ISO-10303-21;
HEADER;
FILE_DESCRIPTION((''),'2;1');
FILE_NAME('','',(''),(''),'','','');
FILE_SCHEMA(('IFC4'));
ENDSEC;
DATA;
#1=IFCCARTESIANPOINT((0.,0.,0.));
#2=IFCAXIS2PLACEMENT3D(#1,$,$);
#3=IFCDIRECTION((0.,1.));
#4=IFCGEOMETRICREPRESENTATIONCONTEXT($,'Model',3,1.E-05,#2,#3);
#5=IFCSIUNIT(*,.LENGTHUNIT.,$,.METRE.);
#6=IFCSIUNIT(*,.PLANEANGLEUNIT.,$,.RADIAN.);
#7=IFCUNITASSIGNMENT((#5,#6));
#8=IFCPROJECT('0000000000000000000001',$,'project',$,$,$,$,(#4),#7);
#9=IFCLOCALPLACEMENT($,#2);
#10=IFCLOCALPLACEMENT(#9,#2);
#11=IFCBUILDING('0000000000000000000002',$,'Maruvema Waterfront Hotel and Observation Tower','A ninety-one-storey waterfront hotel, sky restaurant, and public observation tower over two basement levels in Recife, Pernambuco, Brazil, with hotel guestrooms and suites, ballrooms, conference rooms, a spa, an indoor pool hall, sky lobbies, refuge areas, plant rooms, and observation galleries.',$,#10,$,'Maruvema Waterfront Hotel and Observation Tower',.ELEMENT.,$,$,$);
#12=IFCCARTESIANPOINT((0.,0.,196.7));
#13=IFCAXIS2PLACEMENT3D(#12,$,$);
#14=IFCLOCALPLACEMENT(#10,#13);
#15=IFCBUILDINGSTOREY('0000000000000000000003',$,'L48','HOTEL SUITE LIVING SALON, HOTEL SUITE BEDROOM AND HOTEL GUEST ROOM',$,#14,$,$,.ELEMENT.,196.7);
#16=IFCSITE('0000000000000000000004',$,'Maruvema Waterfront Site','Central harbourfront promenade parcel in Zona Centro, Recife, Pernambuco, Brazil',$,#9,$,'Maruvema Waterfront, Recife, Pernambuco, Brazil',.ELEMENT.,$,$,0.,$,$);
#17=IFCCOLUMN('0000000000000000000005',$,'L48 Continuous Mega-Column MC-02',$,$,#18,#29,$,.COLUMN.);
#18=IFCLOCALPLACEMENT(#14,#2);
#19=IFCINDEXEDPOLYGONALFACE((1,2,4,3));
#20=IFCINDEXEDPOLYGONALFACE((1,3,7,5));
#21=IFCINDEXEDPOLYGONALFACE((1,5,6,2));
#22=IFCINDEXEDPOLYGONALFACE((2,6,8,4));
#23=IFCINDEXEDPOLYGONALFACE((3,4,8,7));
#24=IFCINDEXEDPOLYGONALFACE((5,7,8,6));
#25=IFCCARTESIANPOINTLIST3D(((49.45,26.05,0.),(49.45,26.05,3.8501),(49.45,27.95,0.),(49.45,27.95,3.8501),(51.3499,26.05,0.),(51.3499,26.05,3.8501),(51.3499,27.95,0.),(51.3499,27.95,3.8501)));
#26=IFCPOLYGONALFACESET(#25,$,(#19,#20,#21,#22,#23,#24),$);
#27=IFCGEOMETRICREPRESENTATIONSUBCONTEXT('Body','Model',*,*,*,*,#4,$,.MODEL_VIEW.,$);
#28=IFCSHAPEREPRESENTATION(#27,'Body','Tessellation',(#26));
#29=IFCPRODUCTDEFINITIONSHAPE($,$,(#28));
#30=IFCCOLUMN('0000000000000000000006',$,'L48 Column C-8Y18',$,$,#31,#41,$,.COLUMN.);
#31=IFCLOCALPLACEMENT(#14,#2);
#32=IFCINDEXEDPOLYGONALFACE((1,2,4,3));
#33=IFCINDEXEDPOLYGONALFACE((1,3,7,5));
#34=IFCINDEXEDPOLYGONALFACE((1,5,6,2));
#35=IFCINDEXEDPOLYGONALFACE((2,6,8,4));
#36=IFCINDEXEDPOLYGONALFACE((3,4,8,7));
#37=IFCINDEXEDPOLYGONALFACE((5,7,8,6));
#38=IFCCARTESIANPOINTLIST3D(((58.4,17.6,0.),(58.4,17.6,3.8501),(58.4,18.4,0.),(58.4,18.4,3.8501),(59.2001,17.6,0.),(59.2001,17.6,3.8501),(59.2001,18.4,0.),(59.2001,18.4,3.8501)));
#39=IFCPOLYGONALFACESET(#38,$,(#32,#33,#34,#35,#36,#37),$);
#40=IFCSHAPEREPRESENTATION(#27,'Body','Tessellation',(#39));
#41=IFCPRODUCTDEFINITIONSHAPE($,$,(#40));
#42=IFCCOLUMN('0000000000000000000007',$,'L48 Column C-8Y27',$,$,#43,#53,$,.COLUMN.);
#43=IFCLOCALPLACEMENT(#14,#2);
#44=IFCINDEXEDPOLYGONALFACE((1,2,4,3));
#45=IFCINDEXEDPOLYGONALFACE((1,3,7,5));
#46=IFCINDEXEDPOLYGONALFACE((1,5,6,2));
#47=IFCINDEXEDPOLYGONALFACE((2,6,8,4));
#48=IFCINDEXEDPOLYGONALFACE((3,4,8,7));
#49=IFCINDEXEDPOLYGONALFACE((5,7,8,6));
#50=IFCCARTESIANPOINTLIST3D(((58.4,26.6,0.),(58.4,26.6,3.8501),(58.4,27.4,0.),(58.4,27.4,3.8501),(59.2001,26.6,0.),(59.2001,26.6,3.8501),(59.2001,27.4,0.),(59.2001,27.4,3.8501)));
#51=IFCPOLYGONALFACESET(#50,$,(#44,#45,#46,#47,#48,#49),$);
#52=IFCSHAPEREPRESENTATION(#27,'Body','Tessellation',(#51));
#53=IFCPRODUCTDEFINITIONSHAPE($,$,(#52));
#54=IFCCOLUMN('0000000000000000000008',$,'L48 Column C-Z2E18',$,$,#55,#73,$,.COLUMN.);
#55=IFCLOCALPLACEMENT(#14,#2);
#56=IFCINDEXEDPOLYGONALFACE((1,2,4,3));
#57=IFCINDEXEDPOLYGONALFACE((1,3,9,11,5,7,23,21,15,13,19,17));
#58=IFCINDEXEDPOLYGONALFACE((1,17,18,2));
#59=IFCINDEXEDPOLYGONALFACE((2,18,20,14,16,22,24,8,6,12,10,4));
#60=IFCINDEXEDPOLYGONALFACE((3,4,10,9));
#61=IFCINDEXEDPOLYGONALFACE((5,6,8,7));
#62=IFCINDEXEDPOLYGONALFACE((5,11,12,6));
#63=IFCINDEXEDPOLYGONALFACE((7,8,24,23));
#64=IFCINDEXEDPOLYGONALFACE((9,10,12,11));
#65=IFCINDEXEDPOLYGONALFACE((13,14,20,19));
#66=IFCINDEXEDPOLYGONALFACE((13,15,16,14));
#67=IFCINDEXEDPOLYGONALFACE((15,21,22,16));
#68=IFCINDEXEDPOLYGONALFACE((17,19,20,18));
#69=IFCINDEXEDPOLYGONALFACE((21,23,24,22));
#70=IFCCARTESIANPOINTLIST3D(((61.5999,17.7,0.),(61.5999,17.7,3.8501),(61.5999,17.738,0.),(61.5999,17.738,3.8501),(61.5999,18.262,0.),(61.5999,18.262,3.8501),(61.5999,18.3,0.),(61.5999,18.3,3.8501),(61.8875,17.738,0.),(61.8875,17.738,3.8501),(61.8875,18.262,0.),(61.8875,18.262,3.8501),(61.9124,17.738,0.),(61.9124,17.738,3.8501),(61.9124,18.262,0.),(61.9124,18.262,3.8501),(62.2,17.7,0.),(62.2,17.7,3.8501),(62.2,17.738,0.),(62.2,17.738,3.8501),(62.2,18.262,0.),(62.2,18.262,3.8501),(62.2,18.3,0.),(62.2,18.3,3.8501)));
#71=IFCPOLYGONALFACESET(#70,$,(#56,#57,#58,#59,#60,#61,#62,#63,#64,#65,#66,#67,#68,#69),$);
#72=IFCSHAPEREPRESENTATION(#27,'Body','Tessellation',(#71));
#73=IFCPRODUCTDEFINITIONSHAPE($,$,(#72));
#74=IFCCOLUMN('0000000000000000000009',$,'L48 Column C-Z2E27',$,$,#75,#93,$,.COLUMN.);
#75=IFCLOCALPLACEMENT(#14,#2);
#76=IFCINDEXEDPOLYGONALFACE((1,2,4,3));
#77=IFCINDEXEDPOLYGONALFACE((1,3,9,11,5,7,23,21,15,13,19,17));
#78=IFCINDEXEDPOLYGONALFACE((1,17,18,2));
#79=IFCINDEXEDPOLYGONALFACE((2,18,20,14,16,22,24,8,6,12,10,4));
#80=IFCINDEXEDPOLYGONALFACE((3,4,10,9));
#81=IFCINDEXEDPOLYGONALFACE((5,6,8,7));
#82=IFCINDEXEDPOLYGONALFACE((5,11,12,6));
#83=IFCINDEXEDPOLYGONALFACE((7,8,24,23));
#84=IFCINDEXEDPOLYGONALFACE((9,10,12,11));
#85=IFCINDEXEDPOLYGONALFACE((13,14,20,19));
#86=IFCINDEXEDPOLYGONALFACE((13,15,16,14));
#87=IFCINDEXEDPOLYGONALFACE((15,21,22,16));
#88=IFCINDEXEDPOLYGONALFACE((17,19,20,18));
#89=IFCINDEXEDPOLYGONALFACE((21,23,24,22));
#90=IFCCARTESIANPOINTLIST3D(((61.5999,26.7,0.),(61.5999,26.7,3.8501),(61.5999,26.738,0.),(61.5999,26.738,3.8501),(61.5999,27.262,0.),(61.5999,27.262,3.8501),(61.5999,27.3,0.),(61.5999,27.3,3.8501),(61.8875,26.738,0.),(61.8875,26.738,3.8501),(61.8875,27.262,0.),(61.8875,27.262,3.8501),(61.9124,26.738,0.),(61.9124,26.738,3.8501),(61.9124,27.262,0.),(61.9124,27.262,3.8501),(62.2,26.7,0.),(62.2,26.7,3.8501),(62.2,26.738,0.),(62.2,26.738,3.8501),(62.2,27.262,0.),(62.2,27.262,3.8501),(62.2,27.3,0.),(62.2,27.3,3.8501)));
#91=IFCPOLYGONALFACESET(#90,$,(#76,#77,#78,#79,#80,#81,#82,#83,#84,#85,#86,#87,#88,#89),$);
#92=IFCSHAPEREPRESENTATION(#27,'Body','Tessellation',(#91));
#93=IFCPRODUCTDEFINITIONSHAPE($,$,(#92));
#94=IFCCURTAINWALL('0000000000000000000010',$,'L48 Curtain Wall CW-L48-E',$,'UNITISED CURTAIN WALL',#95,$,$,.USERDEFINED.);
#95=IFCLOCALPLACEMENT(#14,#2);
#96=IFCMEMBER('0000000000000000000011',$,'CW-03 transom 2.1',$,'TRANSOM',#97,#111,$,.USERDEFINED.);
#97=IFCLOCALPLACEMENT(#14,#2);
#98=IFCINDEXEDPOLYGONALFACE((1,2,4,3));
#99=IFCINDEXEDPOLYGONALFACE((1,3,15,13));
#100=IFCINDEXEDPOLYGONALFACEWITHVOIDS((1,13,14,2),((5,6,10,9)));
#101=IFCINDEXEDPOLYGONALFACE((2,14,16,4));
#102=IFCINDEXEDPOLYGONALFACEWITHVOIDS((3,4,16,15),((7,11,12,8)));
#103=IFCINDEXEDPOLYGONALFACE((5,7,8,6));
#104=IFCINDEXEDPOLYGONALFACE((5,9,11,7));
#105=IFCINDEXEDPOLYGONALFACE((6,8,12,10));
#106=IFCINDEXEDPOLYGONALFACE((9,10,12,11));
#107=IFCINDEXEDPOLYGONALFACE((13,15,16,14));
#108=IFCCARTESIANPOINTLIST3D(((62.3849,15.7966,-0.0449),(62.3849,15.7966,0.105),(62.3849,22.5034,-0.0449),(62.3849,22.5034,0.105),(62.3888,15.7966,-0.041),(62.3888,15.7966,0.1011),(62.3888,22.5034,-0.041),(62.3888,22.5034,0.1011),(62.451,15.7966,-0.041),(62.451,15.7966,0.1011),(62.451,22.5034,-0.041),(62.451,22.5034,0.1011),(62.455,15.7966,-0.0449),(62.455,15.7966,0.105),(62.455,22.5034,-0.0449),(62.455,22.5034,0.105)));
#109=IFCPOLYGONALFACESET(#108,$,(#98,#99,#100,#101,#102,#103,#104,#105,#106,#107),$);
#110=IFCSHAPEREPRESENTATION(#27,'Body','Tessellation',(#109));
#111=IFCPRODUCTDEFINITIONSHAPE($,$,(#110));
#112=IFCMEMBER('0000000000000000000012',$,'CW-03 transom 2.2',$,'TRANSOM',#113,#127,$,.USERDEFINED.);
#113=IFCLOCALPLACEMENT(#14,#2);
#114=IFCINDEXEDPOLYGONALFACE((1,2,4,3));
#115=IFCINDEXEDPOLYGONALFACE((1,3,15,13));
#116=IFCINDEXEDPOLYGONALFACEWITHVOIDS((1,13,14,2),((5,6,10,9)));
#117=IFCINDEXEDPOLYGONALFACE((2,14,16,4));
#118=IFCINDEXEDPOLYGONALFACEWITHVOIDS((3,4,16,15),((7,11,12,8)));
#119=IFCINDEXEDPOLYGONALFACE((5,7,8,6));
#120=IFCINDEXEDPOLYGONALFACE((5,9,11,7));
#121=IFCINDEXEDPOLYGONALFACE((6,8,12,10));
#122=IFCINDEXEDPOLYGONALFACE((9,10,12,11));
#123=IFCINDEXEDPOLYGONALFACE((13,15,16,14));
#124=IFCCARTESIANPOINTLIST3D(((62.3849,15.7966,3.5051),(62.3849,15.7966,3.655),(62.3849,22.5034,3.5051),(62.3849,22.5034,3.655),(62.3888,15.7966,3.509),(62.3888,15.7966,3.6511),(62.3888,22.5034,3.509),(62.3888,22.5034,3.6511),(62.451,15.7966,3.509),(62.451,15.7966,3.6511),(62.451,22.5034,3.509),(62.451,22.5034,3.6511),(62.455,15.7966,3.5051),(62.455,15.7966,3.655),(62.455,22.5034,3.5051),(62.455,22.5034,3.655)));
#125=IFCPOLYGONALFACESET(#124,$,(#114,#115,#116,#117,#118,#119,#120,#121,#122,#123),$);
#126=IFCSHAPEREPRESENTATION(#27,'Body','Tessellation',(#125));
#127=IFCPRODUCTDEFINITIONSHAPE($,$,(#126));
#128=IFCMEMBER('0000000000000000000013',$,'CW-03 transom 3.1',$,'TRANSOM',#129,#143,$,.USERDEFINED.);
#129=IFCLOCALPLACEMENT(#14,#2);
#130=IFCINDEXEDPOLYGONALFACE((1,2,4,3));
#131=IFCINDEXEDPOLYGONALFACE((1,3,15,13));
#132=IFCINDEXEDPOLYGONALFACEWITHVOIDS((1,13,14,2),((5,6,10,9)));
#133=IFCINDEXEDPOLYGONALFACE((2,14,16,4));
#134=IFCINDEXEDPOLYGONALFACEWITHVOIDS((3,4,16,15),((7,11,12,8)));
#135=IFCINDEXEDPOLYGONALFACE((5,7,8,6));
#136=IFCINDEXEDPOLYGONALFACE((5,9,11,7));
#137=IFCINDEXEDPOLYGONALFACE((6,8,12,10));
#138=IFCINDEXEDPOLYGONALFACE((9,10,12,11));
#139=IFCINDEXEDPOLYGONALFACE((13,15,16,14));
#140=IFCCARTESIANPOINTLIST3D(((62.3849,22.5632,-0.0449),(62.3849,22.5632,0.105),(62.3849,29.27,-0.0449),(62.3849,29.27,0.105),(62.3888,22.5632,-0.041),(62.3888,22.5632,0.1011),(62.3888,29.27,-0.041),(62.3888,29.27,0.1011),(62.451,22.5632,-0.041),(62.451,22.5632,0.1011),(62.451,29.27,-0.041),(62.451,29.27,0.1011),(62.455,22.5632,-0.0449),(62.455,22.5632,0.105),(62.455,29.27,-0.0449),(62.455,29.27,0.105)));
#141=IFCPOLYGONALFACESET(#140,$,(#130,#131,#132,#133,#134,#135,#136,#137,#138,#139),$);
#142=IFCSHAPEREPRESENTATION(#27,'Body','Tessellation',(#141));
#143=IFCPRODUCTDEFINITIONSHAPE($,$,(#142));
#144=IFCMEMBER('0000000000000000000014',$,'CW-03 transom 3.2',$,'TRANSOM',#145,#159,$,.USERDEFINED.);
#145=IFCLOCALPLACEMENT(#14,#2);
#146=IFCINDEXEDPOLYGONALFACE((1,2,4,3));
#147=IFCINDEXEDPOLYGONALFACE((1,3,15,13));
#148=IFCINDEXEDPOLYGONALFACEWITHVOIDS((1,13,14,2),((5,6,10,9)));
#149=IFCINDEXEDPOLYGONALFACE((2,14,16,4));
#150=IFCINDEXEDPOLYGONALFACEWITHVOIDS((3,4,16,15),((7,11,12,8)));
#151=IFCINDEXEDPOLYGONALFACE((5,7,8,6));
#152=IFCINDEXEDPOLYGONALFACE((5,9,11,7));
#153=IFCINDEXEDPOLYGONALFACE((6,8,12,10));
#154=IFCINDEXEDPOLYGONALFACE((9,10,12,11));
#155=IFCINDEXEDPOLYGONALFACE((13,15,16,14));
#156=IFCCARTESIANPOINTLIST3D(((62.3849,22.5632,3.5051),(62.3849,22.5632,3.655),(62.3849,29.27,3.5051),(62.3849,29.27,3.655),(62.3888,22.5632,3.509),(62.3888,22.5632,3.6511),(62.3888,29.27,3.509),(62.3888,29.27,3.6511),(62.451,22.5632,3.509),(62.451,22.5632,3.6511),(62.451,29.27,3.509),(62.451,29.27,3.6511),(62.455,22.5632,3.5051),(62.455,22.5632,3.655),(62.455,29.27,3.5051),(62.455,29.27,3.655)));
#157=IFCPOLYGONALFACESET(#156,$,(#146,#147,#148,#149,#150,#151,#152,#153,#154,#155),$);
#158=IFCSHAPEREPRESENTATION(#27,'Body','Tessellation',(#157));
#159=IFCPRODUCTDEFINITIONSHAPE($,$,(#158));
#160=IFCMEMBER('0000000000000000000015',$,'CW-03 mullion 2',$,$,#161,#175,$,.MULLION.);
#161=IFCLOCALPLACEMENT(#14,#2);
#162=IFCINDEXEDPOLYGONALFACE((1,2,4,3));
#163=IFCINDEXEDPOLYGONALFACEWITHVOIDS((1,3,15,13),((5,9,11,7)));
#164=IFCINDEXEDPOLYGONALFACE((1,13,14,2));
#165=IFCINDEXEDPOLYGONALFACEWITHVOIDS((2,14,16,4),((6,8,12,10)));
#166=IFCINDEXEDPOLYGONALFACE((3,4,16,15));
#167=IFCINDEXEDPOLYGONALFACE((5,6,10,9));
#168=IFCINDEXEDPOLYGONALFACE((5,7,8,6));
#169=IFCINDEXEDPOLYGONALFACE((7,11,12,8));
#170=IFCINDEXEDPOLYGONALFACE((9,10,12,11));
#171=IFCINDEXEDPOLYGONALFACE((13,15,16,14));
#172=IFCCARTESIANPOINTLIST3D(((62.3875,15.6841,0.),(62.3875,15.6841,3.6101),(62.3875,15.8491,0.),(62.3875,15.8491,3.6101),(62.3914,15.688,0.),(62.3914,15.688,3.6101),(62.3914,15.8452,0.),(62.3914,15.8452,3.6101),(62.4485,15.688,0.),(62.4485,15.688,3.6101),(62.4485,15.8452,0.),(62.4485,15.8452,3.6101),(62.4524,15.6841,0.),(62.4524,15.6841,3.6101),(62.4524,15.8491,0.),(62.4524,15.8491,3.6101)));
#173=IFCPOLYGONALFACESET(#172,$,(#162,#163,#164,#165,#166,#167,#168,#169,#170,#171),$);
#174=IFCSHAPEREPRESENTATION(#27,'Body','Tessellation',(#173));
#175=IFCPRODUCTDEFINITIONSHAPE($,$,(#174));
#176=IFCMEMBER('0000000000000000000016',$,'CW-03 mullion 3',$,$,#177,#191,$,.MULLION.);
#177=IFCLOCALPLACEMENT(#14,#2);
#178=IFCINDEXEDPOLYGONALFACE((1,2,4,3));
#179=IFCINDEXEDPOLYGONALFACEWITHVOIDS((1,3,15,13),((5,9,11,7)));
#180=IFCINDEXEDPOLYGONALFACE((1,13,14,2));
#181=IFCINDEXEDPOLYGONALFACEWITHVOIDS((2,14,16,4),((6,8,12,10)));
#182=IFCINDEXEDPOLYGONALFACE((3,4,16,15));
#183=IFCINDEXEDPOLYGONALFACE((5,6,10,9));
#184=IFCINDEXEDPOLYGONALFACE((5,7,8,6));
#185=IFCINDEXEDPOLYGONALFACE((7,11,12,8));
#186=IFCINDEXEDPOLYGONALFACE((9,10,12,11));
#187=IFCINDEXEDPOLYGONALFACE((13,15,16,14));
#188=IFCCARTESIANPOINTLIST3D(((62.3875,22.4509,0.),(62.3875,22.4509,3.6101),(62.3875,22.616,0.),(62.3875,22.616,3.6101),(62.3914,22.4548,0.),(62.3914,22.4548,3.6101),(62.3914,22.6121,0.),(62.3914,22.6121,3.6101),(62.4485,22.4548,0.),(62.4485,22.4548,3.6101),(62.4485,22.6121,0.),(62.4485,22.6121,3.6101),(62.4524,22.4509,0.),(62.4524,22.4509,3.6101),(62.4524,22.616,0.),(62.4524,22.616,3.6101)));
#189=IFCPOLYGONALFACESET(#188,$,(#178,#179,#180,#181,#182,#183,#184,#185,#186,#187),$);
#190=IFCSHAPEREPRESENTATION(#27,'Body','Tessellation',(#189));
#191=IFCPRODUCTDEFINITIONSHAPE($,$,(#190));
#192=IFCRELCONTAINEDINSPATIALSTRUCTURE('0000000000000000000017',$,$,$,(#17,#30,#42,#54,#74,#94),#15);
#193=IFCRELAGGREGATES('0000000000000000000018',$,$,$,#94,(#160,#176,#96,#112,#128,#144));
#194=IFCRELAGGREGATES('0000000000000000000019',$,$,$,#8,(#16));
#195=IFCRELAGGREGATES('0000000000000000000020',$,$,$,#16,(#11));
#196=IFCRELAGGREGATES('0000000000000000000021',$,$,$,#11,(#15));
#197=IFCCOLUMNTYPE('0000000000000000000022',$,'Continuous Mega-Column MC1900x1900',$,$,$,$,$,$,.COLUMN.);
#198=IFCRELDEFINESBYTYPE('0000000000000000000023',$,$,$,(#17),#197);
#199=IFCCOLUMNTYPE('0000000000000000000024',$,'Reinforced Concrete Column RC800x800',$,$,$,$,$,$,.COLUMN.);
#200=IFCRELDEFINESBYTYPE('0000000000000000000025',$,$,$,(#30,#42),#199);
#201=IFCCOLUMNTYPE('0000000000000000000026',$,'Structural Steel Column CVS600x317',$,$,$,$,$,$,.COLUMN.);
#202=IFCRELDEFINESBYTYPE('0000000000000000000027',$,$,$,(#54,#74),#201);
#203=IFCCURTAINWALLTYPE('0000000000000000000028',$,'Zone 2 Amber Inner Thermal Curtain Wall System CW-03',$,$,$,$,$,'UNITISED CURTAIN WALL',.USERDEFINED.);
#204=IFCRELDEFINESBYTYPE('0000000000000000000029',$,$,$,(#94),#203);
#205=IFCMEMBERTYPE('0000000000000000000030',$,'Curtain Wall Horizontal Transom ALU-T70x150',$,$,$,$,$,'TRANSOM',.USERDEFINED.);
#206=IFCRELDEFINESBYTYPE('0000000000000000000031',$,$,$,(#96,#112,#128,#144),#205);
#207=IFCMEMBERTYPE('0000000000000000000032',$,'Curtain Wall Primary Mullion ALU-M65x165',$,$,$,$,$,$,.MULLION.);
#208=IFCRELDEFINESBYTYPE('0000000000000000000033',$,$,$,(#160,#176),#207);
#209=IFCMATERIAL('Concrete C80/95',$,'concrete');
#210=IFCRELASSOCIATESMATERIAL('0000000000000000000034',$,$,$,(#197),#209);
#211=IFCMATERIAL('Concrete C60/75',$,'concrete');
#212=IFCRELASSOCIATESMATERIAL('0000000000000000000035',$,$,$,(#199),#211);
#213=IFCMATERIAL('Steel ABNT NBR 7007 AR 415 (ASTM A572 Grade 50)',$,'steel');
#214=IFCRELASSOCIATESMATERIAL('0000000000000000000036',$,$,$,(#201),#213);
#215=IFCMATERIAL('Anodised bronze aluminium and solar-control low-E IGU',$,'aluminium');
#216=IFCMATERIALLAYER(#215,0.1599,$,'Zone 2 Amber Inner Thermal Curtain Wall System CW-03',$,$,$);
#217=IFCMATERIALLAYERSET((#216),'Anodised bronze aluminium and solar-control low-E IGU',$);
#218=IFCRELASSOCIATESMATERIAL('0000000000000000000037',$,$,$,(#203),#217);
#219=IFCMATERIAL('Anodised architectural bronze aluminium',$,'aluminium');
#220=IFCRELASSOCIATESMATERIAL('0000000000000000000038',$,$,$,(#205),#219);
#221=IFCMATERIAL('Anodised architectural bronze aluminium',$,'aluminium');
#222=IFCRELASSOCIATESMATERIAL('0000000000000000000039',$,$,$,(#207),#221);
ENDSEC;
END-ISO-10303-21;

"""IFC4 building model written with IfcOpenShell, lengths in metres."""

from ifc_helpers import new_model, si_unit, direction, frame, origin, origin_2d, place, context, subcontext, project, spatial, rectangle, hollow_rectangle, i_section, extrude, material, layer, layer_set, material_profile, profile_set, type_object, element, aggregate, save


model = new_model("IFC4")

# Units and contexts
model_context = context("Model", 3, precision=1e-05, world=origin(), true_north=direction((0.0, 1.0)))
body_context = subcontext(model_context, "Body", "Model", "MODEL_VIEW")
ifc_project = project(units=[si_unit("LENGTHUNIT", "METRE"), si_unit("PLANEANGLEUNIT", "RADIAN")], contexts=[model_context])

# Site, building, storey
site_placement = place(None, origin())
site = spatial("IfcSite", under=ifc_project, at=site_placement, Name="Maruvema Waterfront Site", Description="Central harbourfront promenade parcel in Zona Centro, Recife, Pernambuco, Brazil", LongName="Maruvema Waterfront, Recife, Pernambuco, Brazil", CompositionType="ELEMENT", RefElevation=0.0)
building_placement = place(site_placement, origin())
building = spatial("IfcBuilding", under=site, at=building_placement, Name="Maruvema Waterfront Hotel and Observation Tower", Description="A ninety-one-storey waterfront hotel, sky restaurant, and public observation tower over two basement levels in Recife, Pernambuco, Brazil, with hotel guestrooms and suites, ballrooms, conference rooms, a spa, an indoor pool hall, sky lobbies, refuge areas, plant rooms, and observation galleries.", LongName="Maruvema Waterfront Hotel and Observation Tower", CompositionType="ELEMENT")
storey_placement = place(building_placement, frame((0.0, 0.0, 196.7)))
storey = spatial("IfcBuildingStorey", under=building, at=storey_placement, Name="L48", Description="HOTEL SUITE LIVING SALON, HOTEL SUITE BEDROOM AND HOTEL GUEST ROOM", CompositionType="ELEMENT", Elevation=196.7)

# Columns
ifc_material_1 = material(Name="Concrete C80/95", Category="concrete")
ifc_material_profile_1 = material_profile(ifc_material_1, rectangle(XDim=1.8999, YDim=1.8999, at=origin_2d()), Name="MC1900x1900")
ifc_profile_set_1 = profile_set([ifc_material_profile_1], Name="Concrete C80/95")
column_type_1 = type_object("IfcColumnType", Name="Continuous Mega-Column MC1900x1900", PredefinedType="COLUMN", material=ifc_profile_set_1)
column_placement = place(storey_placement, frame((50.3999, 27.0, 0.0), z_axis=(0.0, 0.0, 1.0), x_axis=(1.0, 0.0, 0.0)))
element("IfcColumn", 1, at=column_placement, inside=storey, type_object=column_type_1, Name="L48 Continuous Mega-Column MC-02", PredefinedType="COLUMN", context=body_context, shape_type="SweptSolid", body=[
    extrude(rectangle(XDim=1.8999, YDim=1.8999, at=origin_2d()), origin(), (0.0, 0.0, 1.0), 3.8501),
])
ifc_material_2 = material(Name="Concrete C60/75", Category="concrete")
ifc_material_profile_2 = material_profile(ifc_material_2, rectangle(XDim=0.8, YDim=0.8, at=origin_2d()), Name="RC800x800")
ifc_profile_set_2 = profile_set([ifc_material_profile_2], Name="Concrete C60/75")
column_type_2 = type_object("IfcColumnType", Name="Reinforced Concrete Column RC800x800", PredefinedType="COLUMN", material=ifc_profile_set_2)
for number, where, z_axis, x_axis, name in (
    (2, (58.8, 18.0, 0.0), (0.0, 0.0, 1.0), (1.0, 0.0, 0.0), "L48 Column C-8Y18"),
    (3, (58.8, 27.0, 0.0), (0.0, 0.0, 1.0), (1.0, 0.0, 0.0), "L48 Column C-8Y27"),
):
    element("IfcColumn", number, at=place(storey_placement, frame(where, z_axis=z_axis, x_axis=x_axis)), inside=storey, type_object=column_type_2, Name=name, PredefinedType="COLUMN", context=body_context, shape_type="SweptSolid", body=[
        extrude(rectangle(XDim=0.8, YDim=0.8, at=origin_2d()), origin(), (0.0, 0.0, 1.0), 3.8501),
    ])
ifc_material_3 = material(Name="Steel ABNT NBR 7007 AR 415 (ASTM A572 Grade 50)", Category="steel")
ifc_material_profile_3 = material_profile(ifc_material_3, i_section(OverallWidth=0.6001, OverallDepth=0.6001, WebThickness=0.0249, FlangeThickness=0.0381, at=origin_2d()), Name="CVS600x317")
ifc_profile_set_3 = profile_set([ifc_material_profile_3], Name="Steel ABNT NBR 7007 AR 415 (ASTM A572 Grade 50)")
column_type_3 = type_object("IfcColumnType", Name="Structural Steel Column CVS600x317", PredefinedType="COLUMN", material=ifc_profile_set_3)
for number, where, z_axis, x_axis, name in (
    (4, (61.8999, 18.0, 0.0), (0.0, 0.0, 1.0), (1.0, 0.0, 0.0), "L48 Column C-Z2E18"),
    (5, (61.8999, 27.0, 0.0), (0.0, 0.0, 1.0), (1.0, 0.0, 0.0), "L48 Column C-Z2E27"),
):
    element("IfcColumn", number, at=place(storey_placement, frame(where, z_axis=z_axis, x_axis=x_axis)), inside=storey, type_object=column_type_3, Name=name, PredefinedType="COLUMN", context=body_context, shape_type="SweptSolid", body=[
        extrude(i_section(OverallWidth=0.6001, OverallDepth=0.6001, WebThickness=0.0249, FlangeThickness=0.0381, at=origin_2d()), origin(), (0.0, 0.0, 1.0), 3.8501),
    ])

# Curtain wall, members
ifc_material_4 = material(Name="Anodised bronze aluminium and solar-control low-E IGU", Category="aluminium")
ifc_layer_1 = layer(ifc_material_4, 0.1599, Name="Zone 2 Amber Inner Thermal Curtain Wall System CW-03")
ifc_layer_set_1 = layer_set([ifc_layer_1], Name="Anodised bronze aluminium and solar-control low-E IGU")
curtain_wall_type = type_object("IfcCurtainWallType", Name="Zone 2 Amber Inner Thermal Curtain Wall System CW-03", ElementType="UNITISED CURTAIN WALL", PredefinedType="USERDEFINED", material=ifc_layer_set_1)
curtain_wall_placement = place(storey_placement, origin())
curtain_wall = element("IfcCurtainWall", 6, at=curtain_wall_placement, inside=storey, type_object=curtain_wall_type, Name="L48 Curtain Wall CW-L48-E", ObjectType="UNITISED CURTAIN WALL", PredefinedType="USERDEFINED")
ifc_material_5 = material(Name="Anodised architectural bronze aluminium", Category="aluminium")
ifc_material_profile_4 = material_profile(ifc_material_5, hollow_rectangle(XDim=0.0701, YDim=0.1499, WallThickness=0.0039, at=origin_2d()), Name="ALU-T70x150")
ifc_profile_set_4 = profile_set([ifc_material_profile_4], Name="Anodised architectural bronze aluminium")
member_type_1 = type_object("IfcMemberType", Name="Curtain Wall Horizontal Transom ALU-T70x150", ElementType="TRANSOM", PredefinedType="USERDEFINED", material=ifc_profile_set_4)
member_1_placement = place(storey_placement, frame((62.4199, 15.7966, 0.03), z_axis=(0.0, 1.0, 0.0), x_axis=(-1.0, 0.0, 0.0)))
member_1 = element("IfcMember", 7, at=member_1_placement, type_object=member_type_1, Name="CW-03 transom 2.1", ObjectType="TRANSOM", PredefinedType="USERDEFINED", context=body_context, shape_type="SweptSolid", body=[
    extrude(hollow_rectangle(XDim=0.0701, YDim=0.1499, WallThickness=0.0039, at=origin_2d()), origin(), (0.0, 0.0, 1.0), 6.7068),
])
member_2_placement = place(storey_placement, frame((62.4199, 15.7966, 3.5801), z_axis=(0.0, 1.0, 0.0), x_axis=(-1.0, 0.0, 0.0)))
member_2 = element("IfcMember", 8, at=member_2_placement, type_object=member_type_1, Name="CW-03 transom 2.2", ObjectType="TRANSOM", PredefinedType="USERDEFINED", context=body_context, shape_type="SweptSolid", body=[
    extrude(hollow_rectangle(XDim=0.0701, YDim=0.1499, WallThickness=0.0039, at=origin_2d()), origin(), (0.0, 0.0, 1.0), 6.7068),
])
member_3_placement = place(storey_placement, frame((62.4199, 22.5632, 0.03), z_axis=(0.0, 1.0, 0.0), x_axis=(-1.0, 0.0, 0.0)))
member_3 = element("IfcMember", 9, at=member_3_placement, type_object=member_type_1, Name="CW-03 transom 3.1", ObjectType="TRANSOM", PredefinedType="USERDEFINED", context=body_context, shape_type="SweptSolid", body=[
    extrude(hollow_rectangle(XDim=0.0701, YDim=0.1499, WallThickness=0.0039, at=origin_2d()), origin(), (0.0, 0.0, 1.0), 6.7068),
])
member_4_placement = place(storey_placement, frame((62.4199, 22.5632, 3.5801), z_axis=(0.0, 1.0, 0.0), x_axis=(-1.0, 0.0, 0.0)))
member_4 = element("IfcMember", 10, at=member_4_placement, type_object=member_type_1, Name="CW-03 transom 3.2", ObjectType="TRANSOM", PredefinedType="USERDEFINED", context=body_context, shape_type="SweptSolid", body=[
    extrude(hollow_rectangle(XDim=0.0701, YDim=0.1499, WallThickness=0.0039, at=origin_2d()), origin(), (0.0, 0.0, 1.0), 6.7068),
])
ifc_material_6 = material(Name="Anodised architectural bronze aluminium", Category="aluminium")
ifc_material_profile_5 = material_profile(ifc_material_6, hollow_rectangle(XDim=0.0649, YDim=0.165, WallThickness=0.0039, at=origin_2d()), Name="ALU-M65x165")
ifc_profile_set_5 = profile_set([ifc_material_profile_5], Name="Anodised architectural bronze aluminium")
member_type_2 = type_object("IfcMemberType", Name="Curtain Wall Primary Mullion ALU-M65x165", PredefinedType="MULLION", material=ifc_profile_set_5)
member_5_placement = place(storey_placement, frame((62.4199, 15.7666, 0.0), z_axis=(0.0, 0.0, 1.0), x_axis=(-1.0, 0.0, 0.0)))
member_5 = element("IfcMember", 11, at=member_5_placement, type_object=member_type_2, Name="CW-03 mullion 2", PredefinedType="MULLION", context=body_context, shape_type="SweptSolid", body=[
    extrude(hollow_rectangle(XDim=0.0649, YDim=0.165, WallThickness=0.0039, at=origin_2d()), origin(), (0.0, 0.0, 1.0), 3.6101),
])
member_6_placement = place(storey_placement, frame((62.4199, 22.5334, 0.0), z_axis=(0.0, 0.0, 1.0), x_axis=(-1.0, 0.0, 0.0)))
member_6 = element("IfcMember", 12, at=member_6_placement, type_object=member_type_2, Name="CW-03 mullion 3", PredefinedType="MULLION", context=body_context, shape_type="SweptSolid", body=[
    extrude(hollow_rectangle(XDim=0.0649, YDim=0.165, WallThickness=0.0039, at=origin_2d()), origin(), (0.0, 0.0, 1.0), 3.6101),
])

aggregate(curtain_wall, [member_5, member_6, member_1, member_2, member_3, member_4])

save(model, "model.ifc")
